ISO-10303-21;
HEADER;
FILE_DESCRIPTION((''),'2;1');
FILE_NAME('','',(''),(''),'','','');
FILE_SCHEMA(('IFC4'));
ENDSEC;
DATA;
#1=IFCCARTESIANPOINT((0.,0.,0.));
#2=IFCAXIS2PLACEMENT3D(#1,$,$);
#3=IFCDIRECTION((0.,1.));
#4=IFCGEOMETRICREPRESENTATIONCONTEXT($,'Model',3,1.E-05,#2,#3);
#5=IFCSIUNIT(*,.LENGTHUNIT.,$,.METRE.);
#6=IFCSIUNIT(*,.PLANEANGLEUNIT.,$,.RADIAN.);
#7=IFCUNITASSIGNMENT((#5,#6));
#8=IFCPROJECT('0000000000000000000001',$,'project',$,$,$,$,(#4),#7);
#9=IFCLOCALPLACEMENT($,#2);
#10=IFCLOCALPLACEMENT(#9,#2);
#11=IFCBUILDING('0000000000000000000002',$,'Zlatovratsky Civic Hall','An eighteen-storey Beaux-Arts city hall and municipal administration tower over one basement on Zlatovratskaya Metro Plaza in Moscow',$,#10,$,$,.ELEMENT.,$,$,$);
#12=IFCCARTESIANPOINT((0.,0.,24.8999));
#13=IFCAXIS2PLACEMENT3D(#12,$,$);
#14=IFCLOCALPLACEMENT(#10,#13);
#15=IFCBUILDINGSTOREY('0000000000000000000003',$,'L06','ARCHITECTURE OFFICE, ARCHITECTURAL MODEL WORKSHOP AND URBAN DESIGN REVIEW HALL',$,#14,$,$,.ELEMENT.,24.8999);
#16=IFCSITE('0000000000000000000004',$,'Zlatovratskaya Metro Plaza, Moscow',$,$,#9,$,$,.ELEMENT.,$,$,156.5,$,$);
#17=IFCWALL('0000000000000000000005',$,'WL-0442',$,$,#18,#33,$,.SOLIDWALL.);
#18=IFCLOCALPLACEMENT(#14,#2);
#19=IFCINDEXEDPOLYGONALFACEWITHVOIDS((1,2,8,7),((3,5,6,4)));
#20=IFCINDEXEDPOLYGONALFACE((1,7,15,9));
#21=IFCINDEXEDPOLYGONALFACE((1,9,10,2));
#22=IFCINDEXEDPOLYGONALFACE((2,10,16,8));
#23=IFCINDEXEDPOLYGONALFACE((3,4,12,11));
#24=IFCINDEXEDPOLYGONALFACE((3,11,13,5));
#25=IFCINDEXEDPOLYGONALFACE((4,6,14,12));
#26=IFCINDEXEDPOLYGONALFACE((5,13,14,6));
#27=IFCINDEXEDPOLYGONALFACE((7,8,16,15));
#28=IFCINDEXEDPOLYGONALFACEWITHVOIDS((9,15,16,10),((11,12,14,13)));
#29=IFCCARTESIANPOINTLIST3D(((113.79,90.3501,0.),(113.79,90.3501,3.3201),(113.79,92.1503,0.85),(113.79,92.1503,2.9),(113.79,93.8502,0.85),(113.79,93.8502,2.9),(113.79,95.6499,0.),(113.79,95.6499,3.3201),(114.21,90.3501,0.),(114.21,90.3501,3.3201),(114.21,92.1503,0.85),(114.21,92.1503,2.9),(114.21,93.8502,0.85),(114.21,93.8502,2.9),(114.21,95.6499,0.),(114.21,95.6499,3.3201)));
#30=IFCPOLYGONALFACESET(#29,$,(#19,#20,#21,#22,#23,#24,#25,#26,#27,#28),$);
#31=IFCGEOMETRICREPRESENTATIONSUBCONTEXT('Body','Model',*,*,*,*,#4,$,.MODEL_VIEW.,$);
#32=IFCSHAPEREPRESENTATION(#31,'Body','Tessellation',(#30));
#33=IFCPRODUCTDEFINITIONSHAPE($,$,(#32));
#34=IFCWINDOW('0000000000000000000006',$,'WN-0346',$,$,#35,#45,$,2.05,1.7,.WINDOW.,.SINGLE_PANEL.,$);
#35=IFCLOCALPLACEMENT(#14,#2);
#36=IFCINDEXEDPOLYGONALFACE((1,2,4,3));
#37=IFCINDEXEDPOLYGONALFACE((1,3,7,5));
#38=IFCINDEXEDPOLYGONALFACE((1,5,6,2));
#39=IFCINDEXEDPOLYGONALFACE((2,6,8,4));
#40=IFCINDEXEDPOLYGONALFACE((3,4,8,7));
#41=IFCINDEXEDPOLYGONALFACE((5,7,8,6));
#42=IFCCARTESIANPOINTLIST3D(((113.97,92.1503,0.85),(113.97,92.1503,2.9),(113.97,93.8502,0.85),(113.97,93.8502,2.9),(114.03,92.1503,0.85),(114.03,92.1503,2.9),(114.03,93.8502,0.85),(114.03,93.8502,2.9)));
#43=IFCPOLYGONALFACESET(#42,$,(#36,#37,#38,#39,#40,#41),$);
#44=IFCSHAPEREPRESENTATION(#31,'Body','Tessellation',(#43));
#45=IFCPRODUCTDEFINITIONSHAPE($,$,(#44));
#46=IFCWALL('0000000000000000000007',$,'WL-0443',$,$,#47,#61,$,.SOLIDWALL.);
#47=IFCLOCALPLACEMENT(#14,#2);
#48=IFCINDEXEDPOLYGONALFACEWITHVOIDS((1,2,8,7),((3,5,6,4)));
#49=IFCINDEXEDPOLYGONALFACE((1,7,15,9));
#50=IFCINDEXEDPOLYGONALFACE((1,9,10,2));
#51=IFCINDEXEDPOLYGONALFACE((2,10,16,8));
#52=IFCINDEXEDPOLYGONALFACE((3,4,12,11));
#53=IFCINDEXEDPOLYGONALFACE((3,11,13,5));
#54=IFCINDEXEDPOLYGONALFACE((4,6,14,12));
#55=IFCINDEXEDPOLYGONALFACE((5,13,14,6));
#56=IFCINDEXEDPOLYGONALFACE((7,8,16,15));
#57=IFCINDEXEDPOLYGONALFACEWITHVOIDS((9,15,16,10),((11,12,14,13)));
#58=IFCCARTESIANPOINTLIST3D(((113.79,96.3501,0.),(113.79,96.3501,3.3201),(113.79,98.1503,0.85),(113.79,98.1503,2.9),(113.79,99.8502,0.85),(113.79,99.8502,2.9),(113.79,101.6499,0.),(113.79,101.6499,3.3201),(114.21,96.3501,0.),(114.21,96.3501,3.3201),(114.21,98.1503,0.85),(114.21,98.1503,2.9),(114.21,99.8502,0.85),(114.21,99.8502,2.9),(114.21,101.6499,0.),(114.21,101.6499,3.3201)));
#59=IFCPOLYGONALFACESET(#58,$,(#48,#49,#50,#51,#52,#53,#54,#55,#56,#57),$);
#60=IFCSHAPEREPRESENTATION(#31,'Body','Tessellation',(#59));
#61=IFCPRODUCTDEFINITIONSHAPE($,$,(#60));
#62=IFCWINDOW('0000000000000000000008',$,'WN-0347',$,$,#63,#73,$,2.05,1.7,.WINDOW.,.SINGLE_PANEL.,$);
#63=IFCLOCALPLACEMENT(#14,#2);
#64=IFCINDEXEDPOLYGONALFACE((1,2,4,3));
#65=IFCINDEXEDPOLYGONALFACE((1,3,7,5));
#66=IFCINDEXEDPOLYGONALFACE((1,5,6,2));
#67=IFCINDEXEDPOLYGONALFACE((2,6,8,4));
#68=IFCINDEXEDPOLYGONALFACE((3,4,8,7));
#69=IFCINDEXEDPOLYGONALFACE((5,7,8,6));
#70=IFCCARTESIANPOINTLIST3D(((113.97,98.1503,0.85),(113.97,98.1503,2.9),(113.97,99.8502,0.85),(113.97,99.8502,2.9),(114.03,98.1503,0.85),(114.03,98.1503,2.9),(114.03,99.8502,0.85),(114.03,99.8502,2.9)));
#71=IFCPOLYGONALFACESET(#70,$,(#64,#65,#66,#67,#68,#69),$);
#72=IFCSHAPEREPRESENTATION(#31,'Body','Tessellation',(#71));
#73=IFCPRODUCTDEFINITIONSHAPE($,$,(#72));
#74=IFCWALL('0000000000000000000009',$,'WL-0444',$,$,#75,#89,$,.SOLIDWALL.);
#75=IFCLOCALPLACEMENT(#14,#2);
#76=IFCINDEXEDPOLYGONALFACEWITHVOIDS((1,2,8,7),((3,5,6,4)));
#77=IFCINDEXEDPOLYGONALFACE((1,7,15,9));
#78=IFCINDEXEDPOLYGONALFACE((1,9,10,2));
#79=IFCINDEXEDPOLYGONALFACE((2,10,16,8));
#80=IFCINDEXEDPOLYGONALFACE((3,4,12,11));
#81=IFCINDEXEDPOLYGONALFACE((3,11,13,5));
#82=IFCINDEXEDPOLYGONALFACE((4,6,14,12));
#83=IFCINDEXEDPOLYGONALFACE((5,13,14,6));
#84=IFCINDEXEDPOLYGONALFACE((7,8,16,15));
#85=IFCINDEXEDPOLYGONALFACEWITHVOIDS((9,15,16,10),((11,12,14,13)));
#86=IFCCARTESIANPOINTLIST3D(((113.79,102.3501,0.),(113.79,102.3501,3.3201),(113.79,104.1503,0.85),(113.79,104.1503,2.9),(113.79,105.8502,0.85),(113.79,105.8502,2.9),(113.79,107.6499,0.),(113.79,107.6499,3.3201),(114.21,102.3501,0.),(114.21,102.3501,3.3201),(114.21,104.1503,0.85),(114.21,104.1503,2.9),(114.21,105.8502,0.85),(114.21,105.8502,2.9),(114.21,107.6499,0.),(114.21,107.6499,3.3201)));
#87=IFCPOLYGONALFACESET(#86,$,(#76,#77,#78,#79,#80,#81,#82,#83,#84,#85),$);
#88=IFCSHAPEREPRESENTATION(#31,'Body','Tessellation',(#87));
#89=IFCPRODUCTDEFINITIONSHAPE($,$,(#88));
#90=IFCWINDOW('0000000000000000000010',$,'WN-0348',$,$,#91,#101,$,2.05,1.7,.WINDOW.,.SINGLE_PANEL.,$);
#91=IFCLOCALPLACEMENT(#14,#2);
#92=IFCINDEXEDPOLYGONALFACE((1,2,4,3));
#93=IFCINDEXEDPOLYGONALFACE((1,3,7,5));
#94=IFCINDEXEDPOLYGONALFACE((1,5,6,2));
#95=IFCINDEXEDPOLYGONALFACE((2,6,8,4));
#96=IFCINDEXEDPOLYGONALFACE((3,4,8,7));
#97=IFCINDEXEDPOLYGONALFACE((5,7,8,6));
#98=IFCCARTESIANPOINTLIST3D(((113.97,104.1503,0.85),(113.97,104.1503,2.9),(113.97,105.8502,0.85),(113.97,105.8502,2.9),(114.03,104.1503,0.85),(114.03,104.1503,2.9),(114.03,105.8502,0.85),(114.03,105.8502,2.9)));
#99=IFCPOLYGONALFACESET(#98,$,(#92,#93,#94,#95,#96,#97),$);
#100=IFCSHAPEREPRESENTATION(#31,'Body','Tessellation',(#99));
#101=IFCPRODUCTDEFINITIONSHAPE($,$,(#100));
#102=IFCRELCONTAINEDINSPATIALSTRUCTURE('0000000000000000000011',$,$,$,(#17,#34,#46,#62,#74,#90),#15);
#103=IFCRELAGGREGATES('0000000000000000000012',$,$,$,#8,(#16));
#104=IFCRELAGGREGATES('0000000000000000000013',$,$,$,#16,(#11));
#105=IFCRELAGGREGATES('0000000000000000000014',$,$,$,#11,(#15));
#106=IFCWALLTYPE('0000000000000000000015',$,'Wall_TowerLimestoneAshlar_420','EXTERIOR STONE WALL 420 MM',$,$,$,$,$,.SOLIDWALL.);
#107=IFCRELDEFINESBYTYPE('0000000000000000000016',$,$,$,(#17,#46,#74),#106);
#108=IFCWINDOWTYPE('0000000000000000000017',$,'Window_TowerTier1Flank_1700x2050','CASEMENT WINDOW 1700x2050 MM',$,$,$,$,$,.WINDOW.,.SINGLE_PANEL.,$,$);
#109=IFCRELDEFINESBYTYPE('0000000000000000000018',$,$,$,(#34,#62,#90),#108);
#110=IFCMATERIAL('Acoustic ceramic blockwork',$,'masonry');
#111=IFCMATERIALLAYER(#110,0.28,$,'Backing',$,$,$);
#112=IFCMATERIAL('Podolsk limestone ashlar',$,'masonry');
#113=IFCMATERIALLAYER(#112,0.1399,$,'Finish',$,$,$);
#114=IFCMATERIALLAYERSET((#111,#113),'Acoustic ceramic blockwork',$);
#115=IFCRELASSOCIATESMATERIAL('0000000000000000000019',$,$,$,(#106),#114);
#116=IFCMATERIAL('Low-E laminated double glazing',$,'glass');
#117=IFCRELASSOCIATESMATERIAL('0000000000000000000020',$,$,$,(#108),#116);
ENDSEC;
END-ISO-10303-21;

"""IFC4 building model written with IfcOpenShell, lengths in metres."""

from ifc_helpers import new_model, si_unit, direction, frame, frame_2d, origin, place, context, subcontext, project, spatial, rectangle, extrude, material, layer, layer_set, type_object, element, fill, save


model = new_model("IFC4")

# Units and contexts
model_context = context("Model", 3, precision=1e-05, world=origin(), true_north=direction((0.0, 1.0)))
body_context = subcontext(model_context, "Body", "Model", "MODEL_VIEW")
ifc_project = project(units=[si_unit("LENGTHUNIT", "METRE"), si_unit("PLANEANGLEUNIT", "RADIAN")], contexts=[model_context])

# Site, building, storey
site_placement = place(None, origin())
site = spatial("IfcSite", under=ifc_project, at=site_placement, Name="Zlatovratskaya Metro Plaza, Moscow", CompositionType="ELEMENT", RefElevation=156.5)
building_placement = place(site_placement, origin())
building = spatial("IfcBuilding", under=site, at=building_placement, Name="Zlatovratsky Civic Hall", Description="An eighteen-storey Beaux-Arts city hall and municipal administration tower over one basement on Zlatovratskaya Metro Plaza in Moscow", CompositionType="ELEMENT")
storey_placement = place(building_placement, frame((0.0, 0.0, 24.8999)))
storey = spatial("IfcBuildingStorey", under=building, at=storey_placement, Name="L06", Description="ARCHITECTURE OFFICE, ARCHITECTURAL MODEL WORKSHOP AND URBAN DESIGN REVIEW HALL", CompositionType="ELEMENT", Elevation=24.8999)

# Walls, openings, windows
ifc_material_1 = material(Name="Acoustic ceramic blockwork", Category="masonry")
ifc_layer_1 = layer(ifc_material_1, 0.28, Name="Backing")
ifc_material_2 = material(Name="Podolsk limestone ashlar", Category="masonry")
ifc_layer_2 = layer(ifc_material_2, 0.1399, Name="Finish")
ifc_layer_set = layer_set([ifc_layer_1, ifc_layer_2], Name="Acoustic ceramic blockwork")
wall_type = type_object("IfcWallType", Name="Wall_TowerLimestoneAshlar_420", Description="EXTERIOR STONE WALL 420 MM", PredefinedType="SOLIDWALL", material=ifc_layer_set)
ifc_material_3 = material(Name="Low-E laminated double glazing", Category="glass")
wall_1_placement = place(storey_placement, frame((114.0, 90.3501, 0.0), z_axis=(0.0, 0.0, 1.0), x_axis=(0.0, 1.0, 0.0)))
wall_1 = element("IfcWall", 1, at=wall_1_placement, inside=storey, type_object=wall_type, Name="WL-0442", PredefinedType="SOLIDWALL", context=body_context, shape_type="SweptSolid", body=[
    extrude(rectangle(XDim=5.2998, YDim=0.4199, at=frame_2d((2.6499, 0.0))), origin(), (0.0, 0.0, 1.0), 3.3201),
])
opening_1_placement = place(wall_1_placement, frame((1.8, 0.0, 0.8501)))
opening_1 = element("IfcOpeningElement", 2, at=opening_1_placement, cuts=wall_1, PredefinedType="OPENING", context=body_context, shape_type="SweptSolid", body=[
    extrude(rectangle(XDim=1.7, YDim=2.05, at=frame_2d((0.8501, 1.0249))), frame((0.0, 0.2249, 0.0), z_axis=(0.0, -1.0, 0.0), x_axis=(1.0, 0.0, 0.0)), (0.0, 0.0, 1.0), 0.4497),
])
window_type_1 = type_object("IfcWindowType", Name="Window_TowerTier1Flank_1700x2050", Description="CASEMENT WINDOW 1700x2050 MM", PartitioningType="SINGLE_PANEL", PredefinedType="WINDOW", material=ifc_material_3)
window_1_placement = place(opening_1_placement, origin())
window_1 = element("IfcWindow", 3, at=window_1_placement, inside=storey, type_object=window_type_1, Name="WN-0346", OverallHeight=2.05, OverallWidth=1.7, PartitioningType="SINGLE_PANEL", PredefinedType="WINDOW", context=body_context, shape_type="SweptSolid", body=[
    extrude(rectangle(XDim=1.7, YDim=2.05, at=frame_2d((0.8501, 1.0249))), frame((0.0, 0.03, 0.0), z_axis=(0.0, -1.0, 0.0), x_axis=(1.0, 0.0, 0.0)), (0.0, 0.0, 1.0), 0.0601),
])
fill(opening_1, window_1)
wall_2_placement = place(storey_placement, frame((114.0, 96.3501, 0.0), z_axis=(0.0, 0.0, 1.0), x_axis=(0.0, 1.0, 0.0)))
wall_2 = element("IfcWall", 4, at=wall_2_placement, inside=storey, type_object=wall_type, Name="WL-0443", PredefinedType="SOLIDWALL", context=body_context, shape_type="SweptSolid", body=[
    extrude(rectangle(XDim=5.2998, YDim=0.4199, at=frame_2d((2.6499, 0.0))), origin(), (0.0, 0.0, 1.0), 3.3201),
])
opening_2_placement = place(wall_2_placement, frame((1.8, 0.0, 0.8501)))
opening_2 = element("IfcOpeningElement", 5, at=opening_2_placement, cuts=wall_2, PredefinedType="OPENING", context=body_context, shape_type="SweptSolid", body=[
    extrude(rectangle(XDim=1.7, YDim=2.05, at=frame_2d((0.8501, 1.0249))), frame((0.0, 0.2249, 0.0), z_axis=(0.0, -1.0, 0.0), x_axis=(1.0, 0.0, 0.0)), (0.0, 0.0, 1.0), 0.4497),
])
window_2_placement = place(opening_2_placement, origin())
window_2 = element("IfcWindow", 6, at=window_2_placement, inside=storey, type_object=window_type_1, Name="WN-0347", OverallHeight=2.05, OverallWidth=1.7, PartitioningType="SINGLE_PANEL", PredefinedType="WINDOW", context=body_context, shape_type="SweptSolid", body=[
    extrude(rectangle(XDim=1.7, YDim=2.05, at=frame_2d((0.8501, 1.0249))), frame((0.0, 0.03, 0.0), z_axis=(0.0, -1.0, 0.0), x_axis=(1.0, 0.0, 0.0)), (0.0, 0.0, 1.0), 0.0601),
])
fill(opening_2, window_2)
wall_3_placement = place(storey_placement, frame((114.0, 102.3501, 0.0), z_axis=(0.0, 0.0, 1.0), x_axis=(0.0, 1.0, 0.0)))
wall_3 = element("IfcWall", 7, at=wall_3_placement, inside=storey, type_object=wall_type, Name="WL-0444", PredefinedType="SOLIDWALL", context=body_context, shape_type="SweptSolid", body=[
    extrude(rectangle(XDim=5.2998, YDim=0.4199, at=frame_2d((2.6499, 0.0))), origin(), (0.0, 0.0, 1.0), 3.3201),
])
opening_3_placement = place(wall_3_placement, frame((1.8, 0.0, 0.8501)))
opening_3 = element("IfcOpeningElement", 8, at=opening_3_placement, cuts=wall_3, PredefinedType="OPENING", context=body_context, shape_type="SweptSolid", body=[
    extrude(rectangle(XDim=1.7, YDim=2.05, at=frame_2d((0.8501, 1.0249))), frame((0.0, 0.2249, 0.0), z_axis=(0.0, -1.0, 0.0), x_axis=(1.0, 0.0, 0.0)), (0.0, 0.0, 1.0), 0.4497),
])
window_3_placement = place(opening_3_placement, origin())
window_3 = element("IfcWindow", 9, at=window_3_placement, inside=storey, type_object=window_type_1, Name="WN-0348", OverallHeight=2.05, OverallWidth=1.7, PartitioningType="SINGLE_PANEL", PredefinedType="WINDOW", context=body_context, shape_type="SweptSolid", body=[
    extrude(rectangle(XDim=1.7, YDim=2.05, at=frame_2d((0.8501, 1.0249))), frame((0.0, 0.03, 0.0), z_axis=(0.0, -1.0, 0.0), x_axis=(1.0, 0.0, 0.0)), (0.0, 0.0, 1.0), 0.0601),
])
fill(opening_3, window_3)

save(model, "model.ifc")
